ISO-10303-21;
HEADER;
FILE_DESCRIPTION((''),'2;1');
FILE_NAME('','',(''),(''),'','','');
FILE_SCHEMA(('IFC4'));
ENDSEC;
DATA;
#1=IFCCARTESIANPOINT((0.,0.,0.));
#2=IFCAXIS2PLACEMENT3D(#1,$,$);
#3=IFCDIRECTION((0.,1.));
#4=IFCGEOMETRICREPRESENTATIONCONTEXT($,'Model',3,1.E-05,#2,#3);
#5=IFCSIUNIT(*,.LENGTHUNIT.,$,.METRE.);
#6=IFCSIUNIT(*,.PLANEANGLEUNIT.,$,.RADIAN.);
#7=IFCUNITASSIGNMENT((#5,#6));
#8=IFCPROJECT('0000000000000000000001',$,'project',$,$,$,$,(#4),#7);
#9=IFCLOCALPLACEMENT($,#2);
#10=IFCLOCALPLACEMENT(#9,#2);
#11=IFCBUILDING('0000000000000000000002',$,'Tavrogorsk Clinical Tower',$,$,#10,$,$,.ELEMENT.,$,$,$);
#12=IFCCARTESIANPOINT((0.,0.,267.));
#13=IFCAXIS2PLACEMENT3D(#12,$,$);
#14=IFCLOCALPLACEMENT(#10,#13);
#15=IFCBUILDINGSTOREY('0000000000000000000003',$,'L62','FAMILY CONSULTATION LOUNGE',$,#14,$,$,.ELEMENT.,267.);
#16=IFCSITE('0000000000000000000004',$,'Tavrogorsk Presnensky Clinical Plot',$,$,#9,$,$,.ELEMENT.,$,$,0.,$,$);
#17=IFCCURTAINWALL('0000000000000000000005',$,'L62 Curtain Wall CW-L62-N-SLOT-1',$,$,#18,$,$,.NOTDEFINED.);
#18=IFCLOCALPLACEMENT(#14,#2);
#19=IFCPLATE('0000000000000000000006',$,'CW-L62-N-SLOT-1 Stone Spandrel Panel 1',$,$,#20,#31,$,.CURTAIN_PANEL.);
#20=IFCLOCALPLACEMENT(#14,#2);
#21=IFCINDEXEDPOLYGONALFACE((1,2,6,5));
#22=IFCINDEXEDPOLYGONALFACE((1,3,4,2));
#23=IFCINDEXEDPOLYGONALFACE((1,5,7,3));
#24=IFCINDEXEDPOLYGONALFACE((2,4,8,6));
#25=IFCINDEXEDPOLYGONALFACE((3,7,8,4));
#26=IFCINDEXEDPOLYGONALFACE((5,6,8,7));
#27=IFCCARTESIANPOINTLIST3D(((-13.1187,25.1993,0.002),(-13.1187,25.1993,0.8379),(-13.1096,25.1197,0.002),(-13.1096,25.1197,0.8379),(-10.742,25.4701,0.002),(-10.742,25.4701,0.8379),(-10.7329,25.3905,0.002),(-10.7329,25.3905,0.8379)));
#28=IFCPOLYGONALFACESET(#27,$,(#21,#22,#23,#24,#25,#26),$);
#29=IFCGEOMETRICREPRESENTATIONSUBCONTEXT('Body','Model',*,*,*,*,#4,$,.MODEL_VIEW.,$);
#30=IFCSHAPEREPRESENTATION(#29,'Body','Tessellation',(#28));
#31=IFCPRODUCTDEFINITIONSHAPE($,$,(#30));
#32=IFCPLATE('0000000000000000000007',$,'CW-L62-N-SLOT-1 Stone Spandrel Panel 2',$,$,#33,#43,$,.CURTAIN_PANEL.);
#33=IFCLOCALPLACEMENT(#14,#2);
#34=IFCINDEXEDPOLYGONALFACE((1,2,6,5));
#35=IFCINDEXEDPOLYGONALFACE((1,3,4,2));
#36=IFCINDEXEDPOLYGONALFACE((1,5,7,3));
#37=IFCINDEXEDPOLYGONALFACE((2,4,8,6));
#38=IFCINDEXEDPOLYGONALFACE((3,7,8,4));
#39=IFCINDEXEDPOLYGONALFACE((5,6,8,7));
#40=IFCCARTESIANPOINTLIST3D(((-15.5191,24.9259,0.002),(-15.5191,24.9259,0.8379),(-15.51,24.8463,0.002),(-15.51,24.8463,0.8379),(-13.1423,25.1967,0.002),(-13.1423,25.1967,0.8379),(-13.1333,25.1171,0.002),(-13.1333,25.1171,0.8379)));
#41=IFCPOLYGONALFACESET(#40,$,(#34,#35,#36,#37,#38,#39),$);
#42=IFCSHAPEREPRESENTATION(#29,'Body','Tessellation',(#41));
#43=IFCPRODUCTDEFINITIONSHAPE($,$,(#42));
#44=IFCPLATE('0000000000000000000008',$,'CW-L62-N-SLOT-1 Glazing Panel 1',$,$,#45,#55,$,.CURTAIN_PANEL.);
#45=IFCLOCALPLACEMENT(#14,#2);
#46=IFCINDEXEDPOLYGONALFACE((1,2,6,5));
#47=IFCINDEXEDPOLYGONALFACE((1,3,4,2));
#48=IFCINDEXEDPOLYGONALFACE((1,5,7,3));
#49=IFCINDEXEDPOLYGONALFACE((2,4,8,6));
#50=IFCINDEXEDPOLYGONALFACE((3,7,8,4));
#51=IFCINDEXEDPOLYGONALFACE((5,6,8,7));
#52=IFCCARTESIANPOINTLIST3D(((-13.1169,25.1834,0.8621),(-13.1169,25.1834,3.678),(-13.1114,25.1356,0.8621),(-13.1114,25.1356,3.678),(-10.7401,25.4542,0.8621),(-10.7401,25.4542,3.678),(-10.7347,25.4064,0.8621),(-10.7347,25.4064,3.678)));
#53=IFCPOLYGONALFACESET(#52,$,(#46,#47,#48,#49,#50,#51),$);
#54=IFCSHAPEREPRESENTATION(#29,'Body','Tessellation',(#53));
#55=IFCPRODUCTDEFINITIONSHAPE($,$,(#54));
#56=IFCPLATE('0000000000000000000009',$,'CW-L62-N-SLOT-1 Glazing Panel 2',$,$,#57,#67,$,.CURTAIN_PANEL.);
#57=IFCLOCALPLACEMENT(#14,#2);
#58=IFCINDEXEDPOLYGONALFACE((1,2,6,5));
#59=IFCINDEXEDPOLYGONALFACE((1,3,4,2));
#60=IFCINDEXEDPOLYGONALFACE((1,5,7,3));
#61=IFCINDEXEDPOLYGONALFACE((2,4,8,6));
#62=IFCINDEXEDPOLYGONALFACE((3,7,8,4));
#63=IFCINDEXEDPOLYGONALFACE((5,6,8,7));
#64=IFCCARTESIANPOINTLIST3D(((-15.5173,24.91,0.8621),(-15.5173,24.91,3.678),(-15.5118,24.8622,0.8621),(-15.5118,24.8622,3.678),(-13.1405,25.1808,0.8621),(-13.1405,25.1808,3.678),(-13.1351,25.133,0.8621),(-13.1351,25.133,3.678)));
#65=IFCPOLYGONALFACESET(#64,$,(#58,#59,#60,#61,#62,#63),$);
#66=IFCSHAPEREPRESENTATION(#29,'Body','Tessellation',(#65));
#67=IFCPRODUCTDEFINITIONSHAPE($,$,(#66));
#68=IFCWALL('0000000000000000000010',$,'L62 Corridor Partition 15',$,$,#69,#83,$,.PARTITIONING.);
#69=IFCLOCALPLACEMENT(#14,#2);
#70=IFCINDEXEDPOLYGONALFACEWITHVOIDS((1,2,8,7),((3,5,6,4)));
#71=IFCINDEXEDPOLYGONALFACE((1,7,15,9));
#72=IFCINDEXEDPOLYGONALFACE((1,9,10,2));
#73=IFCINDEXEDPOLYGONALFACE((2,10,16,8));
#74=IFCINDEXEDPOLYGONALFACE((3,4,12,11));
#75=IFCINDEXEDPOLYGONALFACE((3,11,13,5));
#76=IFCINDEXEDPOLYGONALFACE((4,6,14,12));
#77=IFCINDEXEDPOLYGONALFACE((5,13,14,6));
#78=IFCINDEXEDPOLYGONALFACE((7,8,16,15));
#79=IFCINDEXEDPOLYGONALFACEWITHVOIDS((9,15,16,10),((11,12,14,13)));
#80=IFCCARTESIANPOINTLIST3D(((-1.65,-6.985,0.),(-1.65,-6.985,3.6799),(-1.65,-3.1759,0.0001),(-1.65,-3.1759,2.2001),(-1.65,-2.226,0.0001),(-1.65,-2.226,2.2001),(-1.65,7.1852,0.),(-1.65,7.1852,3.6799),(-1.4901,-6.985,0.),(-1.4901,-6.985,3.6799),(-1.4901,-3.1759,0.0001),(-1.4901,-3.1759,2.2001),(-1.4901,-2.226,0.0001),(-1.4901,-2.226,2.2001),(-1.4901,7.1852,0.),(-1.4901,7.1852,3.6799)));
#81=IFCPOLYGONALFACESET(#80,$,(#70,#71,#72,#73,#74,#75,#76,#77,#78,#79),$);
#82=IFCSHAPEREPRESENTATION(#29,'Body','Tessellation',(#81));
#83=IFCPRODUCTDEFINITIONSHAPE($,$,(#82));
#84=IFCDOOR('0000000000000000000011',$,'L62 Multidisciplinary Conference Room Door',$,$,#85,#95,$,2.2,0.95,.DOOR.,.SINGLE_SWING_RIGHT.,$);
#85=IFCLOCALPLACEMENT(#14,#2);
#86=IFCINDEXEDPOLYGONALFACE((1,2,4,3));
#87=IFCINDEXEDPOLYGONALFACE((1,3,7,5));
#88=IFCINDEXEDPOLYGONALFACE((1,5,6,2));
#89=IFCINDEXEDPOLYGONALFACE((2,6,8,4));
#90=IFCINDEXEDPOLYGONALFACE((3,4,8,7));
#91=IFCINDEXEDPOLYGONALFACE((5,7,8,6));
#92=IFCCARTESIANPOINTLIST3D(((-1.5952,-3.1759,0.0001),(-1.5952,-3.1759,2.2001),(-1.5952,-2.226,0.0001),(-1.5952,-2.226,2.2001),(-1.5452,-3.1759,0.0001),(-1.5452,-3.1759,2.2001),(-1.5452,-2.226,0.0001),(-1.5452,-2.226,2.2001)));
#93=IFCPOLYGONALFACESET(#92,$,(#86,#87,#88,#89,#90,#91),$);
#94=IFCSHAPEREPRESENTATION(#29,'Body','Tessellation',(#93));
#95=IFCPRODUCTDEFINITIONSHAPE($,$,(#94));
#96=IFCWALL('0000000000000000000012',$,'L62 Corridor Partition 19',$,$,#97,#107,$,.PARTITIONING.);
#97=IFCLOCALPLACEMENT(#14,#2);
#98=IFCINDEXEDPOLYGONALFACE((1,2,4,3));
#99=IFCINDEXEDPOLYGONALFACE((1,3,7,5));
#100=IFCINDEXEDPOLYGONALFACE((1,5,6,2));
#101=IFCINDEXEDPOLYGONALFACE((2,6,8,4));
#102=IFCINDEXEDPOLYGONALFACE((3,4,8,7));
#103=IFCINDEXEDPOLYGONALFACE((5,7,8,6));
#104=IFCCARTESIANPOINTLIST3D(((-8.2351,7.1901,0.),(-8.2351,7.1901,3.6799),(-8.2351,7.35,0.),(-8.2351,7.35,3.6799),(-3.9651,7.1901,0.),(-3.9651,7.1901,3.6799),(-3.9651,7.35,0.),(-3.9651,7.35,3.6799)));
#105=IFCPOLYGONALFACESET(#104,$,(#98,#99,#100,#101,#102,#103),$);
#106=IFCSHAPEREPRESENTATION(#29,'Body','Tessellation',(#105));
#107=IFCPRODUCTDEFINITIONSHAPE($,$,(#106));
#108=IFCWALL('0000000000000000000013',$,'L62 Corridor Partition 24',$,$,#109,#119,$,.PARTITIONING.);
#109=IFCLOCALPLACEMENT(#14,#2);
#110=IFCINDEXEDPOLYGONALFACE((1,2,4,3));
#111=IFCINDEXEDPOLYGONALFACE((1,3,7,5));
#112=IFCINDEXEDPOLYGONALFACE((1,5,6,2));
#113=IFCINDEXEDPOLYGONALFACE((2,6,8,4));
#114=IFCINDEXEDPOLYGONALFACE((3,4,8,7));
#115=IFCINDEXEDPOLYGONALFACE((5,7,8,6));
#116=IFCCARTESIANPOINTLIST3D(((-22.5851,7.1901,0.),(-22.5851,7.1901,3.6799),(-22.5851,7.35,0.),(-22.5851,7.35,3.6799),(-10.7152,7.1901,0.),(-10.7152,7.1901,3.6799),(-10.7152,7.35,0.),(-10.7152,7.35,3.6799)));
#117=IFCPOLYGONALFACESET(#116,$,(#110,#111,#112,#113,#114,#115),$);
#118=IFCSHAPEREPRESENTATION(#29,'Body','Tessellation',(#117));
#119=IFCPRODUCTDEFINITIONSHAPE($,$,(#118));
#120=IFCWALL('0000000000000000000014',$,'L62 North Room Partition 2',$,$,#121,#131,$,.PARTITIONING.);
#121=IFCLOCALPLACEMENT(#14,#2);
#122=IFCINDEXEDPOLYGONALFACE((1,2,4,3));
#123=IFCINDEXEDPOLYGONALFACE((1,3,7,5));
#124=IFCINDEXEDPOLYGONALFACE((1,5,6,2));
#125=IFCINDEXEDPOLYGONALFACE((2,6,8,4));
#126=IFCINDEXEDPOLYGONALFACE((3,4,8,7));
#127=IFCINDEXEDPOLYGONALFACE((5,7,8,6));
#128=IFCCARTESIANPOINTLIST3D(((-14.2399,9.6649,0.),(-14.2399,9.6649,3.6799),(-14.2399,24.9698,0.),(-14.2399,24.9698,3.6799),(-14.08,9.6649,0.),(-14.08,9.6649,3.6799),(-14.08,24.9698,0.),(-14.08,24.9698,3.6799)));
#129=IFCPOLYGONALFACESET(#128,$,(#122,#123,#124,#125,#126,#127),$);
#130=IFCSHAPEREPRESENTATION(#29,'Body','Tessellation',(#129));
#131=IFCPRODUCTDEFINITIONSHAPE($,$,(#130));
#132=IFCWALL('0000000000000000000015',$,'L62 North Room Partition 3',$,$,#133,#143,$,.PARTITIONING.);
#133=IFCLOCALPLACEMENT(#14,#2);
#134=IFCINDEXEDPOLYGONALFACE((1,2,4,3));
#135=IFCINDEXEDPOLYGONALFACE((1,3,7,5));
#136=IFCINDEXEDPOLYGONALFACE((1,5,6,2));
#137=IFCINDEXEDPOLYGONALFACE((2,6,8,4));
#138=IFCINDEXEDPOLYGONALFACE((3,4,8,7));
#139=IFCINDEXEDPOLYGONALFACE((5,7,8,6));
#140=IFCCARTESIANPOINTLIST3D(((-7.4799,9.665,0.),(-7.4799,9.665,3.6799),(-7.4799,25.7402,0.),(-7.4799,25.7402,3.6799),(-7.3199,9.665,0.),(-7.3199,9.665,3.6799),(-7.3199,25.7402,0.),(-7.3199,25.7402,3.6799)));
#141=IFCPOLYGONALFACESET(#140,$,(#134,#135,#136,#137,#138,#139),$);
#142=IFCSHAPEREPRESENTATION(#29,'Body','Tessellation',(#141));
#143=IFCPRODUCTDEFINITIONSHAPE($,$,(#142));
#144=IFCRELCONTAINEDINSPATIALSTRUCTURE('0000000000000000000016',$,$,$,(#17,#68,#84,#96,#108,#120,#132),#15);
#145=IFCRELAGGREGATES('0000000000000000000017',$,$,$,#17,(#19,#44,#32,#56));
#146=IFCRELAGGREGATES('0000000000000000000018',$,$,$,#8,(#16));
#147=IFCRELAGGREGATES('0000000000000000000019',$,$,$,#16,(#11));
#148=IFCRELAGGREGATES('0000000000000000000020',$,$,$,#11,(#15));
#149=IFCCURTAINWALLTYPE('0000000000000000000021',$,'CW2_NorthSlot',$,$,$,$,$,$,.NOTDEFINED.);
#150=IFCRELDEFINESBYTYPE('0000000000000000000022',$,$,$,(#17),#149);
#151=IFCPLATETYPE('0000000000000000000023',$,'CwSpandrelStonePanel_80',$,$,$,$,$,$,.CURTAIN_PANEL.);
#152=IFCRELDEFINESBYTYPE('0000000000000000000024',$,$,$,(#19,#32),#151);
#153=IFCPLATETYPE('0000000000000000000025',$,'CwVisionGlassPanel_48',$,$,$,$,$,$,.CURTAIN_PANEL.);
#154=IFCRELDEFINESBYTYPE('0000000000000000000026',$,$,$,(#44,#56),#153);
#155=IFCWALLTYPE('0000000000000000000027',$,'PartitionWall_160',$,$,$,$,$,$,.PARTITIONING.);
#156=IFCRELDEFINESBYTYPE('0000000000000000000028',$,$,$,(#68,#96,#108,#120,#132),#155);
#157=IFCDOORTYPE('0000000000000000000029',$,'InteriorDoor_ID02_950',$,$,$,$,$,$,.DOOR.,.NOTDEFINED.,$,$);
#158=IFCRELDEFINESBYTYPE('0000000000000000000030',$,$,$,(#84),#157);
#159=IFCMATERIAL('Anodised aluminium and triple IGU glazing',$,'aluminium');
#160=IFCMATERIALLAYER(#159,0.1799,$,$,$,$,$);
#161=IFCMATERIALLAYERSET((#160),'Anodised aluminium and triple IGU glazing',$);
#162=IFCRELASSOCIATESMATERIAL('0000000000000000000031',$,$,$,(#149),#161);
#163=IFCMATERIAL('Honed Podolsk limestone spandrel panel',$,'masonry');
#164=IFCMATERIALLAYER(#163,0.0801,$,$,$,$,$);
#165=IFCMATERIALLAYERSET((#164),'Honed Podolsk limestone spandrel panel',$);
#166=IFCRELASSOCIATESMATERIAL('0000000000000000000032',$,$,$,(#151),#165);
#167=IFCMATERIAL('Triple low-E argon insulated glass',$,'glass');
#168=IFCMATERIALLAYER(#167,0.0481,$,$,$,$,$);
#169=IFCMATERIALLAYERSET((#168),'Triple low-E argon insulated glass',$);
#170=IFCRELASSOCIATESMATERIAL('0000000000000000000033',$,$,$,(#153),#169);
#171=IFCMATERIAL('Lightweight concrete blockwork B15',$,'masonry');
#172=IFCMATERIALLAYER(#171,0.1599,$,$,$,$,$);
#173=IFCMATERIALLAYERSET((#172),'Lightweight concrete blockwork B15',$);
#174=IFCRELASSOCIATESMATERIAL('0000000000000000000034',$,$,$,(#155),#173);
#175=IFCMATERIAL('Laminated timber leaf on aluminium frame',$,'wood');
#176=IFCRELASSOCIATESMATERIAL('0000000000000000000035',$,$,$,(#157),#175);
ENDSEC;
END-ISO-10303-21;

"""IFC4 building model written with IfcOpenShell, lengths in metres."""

from ifc_helpers import new_model, si_unit, direction, frame, frame_2d, origin, origin_2d, place, context, subcontext, project, spatial, rectangle, extrude, material, layer, layer_set, type_object, element, fill, aggregate, save


model = new_model("IFC4")

# Units and contexts
model_context = context("Model", 3, precision=1e-05, world=origin(), true_north=direction((0.0, 1.0)))
body_context = subcontext(model_context, "Body", "Model", "MODEL_VIEW")
ifc_project = project(units=[si_unit("LENGTHUNIT", "METRE"), si_unit("PLANEANGLEUNIT", "RADIAN")], contexts=[model_context])

# Site, building, storey
site_placement = place(None, origin())
site = spatial("IfcSite", under=ifc_project, at=site_placement, Name="Tavrogorsk Presnensky Clinical Plot", CompositionType="ELEMENT", RefElevation=0.0)
building_placement = place(site_placement, origin())
building = spatial("IfcBuilding", under=site, at=building_placement, Name="Tavrogorsk Clinical Tower", CompositionType="ELEMENT")
storey_placement = place(building_placement, frame((0.0, 0.0, 267.0)))
storey = spatial("IfcBuildingStorey", under=building, at=storey_placement, Name="L62", Description="FAMILY CONSULTATION LOUNGE", CompositionType="ELEMENT", Elevation=267.0)

# Curtain wall
ifc_material_1 = material(Name="Anodised aluminium and triple IGU glazing", Category="aluminium")
ifc_layer_1 = layer(ifc_material_1, 0.1799)
ifc_layer_set_1 = layer_set([ifc_layer_1], Name="Anodised aluminium and triple IGU glazing")
curtain_wall_type = type_object("IfcCurtainWallType", Name="CW2_NorthSlot", PredefinedType="NOTDEFINED", material=ifc_layer_set_1)
curtain_wall_placement = place(storey_placement, origin())
curtain_wall = element("IfcCurtainWall", 1, at=curtain_wall_placement, inside=storey, type_object=curtain_wall_type, Name="L62 Curtain Wall CW-L62-N-SLOT-1", PredefinedType="NOTDEFINED")

# Plates
ifc_material_2 = material(Name="Honed Podolsk limestone spandrel panel", Category="masonry")
ifc_layer_2 = layer(ifc_material_2, 0.0801)
ifc_layer_set_2 = layer_set([ifc_layer_2], Name="Honed Podolsk limestone spandrel panel")
plate_type_1 = type_object("IfcPlateType", Name="CwSpandrelStonePanel_80", PredefinedType="CURTAIN_PANEL", material=ifc_layer_set_2)
plate_1_placement = place(storey_placement, frame((-11.9258, 25.2949, 0.002), z_axis=(0.0, 0.0, 1.0), x_axis=(-0.993572, -0.113203, 0.0)))
plate_1 = element("IfcPlate", 2, at=plate_1_placement, type_object=plate_type_1, Name="CW-L62-N-SLOT-1 Stone Spandrel Panel 1", PredefinedType="CURTAIN_PANEL", context=body_context, shape_type="SweptSolid", body=[
    extrude(rectangle(XDim=2.3921, YDim=0.0801, at=origin_2d()), origin(), (0.0, 0.0, 1.0), 0.8359),
])
plate_2_placement = place(storey_placement, frame((-14.3262, 25.0215, 0.002), z_axis=(0.0, 0.0, 1.0), x_axis=(-0.993572, -0.113203, 0.0)))
plate_2 = element("IfcPlate", 3, at=plate_2_placement, type_object=plate_type_1, Name="CW-L62-N-SLOT-1 Stone Spandrel Panel 2", PredefinedType="CURTAIN_PANEL", context=body_context, shape_type="SweptSolid", body=[
    extrude(rectangle(XDim=2.3921, YDim=0.0801, at=origin_2d()), origin(), (0.0, 0.0, 1.0), 0.8359),
])
ifc_material_3 = material(Name="Triple low-E argon insulated glass", Category="glass")
ifc_layer_3 = layer(ifc_material_3, 0.0481)
ifc_layer_set_3 = layer_set([ifc_layer_3], Name="Triple low-E argon insulated glass")
plate_type_2 = type_object("IfcPlateType", Name="CwVisionGlassPanel_48", PredefinedType="CURTAIN_PANEL", material=ifc_layer_set_3)
plate_3_placement = place(storey_placement, frame((-11.9258, 25.2949, 0.8621), z_axis=(0.0, 0.0, 1.0), x_axis=(-0.993572, -0.113203, 0.0)))
plate_3 = element("IfcPlate", 4, at=plate_3_placement, type_object=plate_type_2, Name="CW-L62-N-SLOT-1 Glazing Panel 1", PredefinedType="CURTAIN_PANEL", context=body_context, shape_type="SweptSolid", body=[
    extrude(rectangle(XDim=2.3921, YDim=0.0481, at=origin_2d()), origin(), (0.0, 0.0, 1.0), 2.8159),
])
plate_4_placement = place(storey_placement, frame((-14.3262, 25.0215, 0.8621), z_axis=(0.0, 0.0, 1.0), x_axis=(-0.993572, -0.113203, 0.0)))
plate_4 = element("IfcPlate", 5, at=plate_4_placement, type_object=plate_type_2, Name="CW-L62-N-SLOT-1 Glazing Panel 2", PredefinedType="CURTAIN_PANEL", context=body_context, shape_type="SweptSolid", body=[
    extrude(rectangle(XDim=2.3921, YDim=0.0481, at=origin_2d()), origin(), (0.0, 0.0, 1.0), 2.8159),
])
aggregate(curtain_wall, [plate_1, plate_3, plate_2, plate_4])

# Wall, opening, door
ifc_material_4 = material(Name="Lightweight concrete blockwork B15", Category="masonry")
ifc_layer_4 = layer(ifc_material_4, 0.1599)
ifc_layer_set_4 = layer_set([ifc_layer_4], Name="Lightweight concrete blockwork B15")
wall_type_1 = type_object("IfcWallType", Name="PartitionWall_160", PredefinedType="PARTITIONING", material=ifc_layer_set_4)
wall_1_placement = place(storey_placement, frame((-1.5701, 7.1851, 0.0), z_axis=(0.0, 0.0, 1.0), x_axis=(0.0, -1.0, 0.0)))
wall_1 = element("IfcWall", 6, at=wall_1_placement, inside=storey, type_object=wall_type_1, Name="L62 Corridor Partition 15", PredefinedType="PARTITIONING", context=body_context, shape_type="SweptSolid", body=[
    extrude(rectangle(XDim=14.1702, YDim=0.1599, at=frame_2d((7.085, 0.0))), origin(), (0.0, 0.0, 1.0), 3.6799),
])
opening_1_placement = place(wall_1_placement, frame((9.4109, 0.0, 0.0)))
opening_1 = element("IfcOpeningElement", 7, at=opening_1_placement, cuts=wall_1, PredefinedType="OPENING", context=body_context, shape_type="SweptSolid", body=[
    extrude(rectangle(XDim=0.95, YDim=2.2, at=frame_2d((0.4751, 1.1001))), frame((0.0, 0.0898, 0.0), z_axis=(0.0, -1.0, 0.0), x_axis=(1.0, 0.0, 0.0)), (0.0, 0.0, 1.0), 0.1799),
])
ifc_material_5 = material(Name="Laminated timber leaf on aluminium frame", Category="wood")
door_type = type_object("IfcDoorType", Name="InteriorDoor_ID02_950", OperationType="NOTDEFINED", PredefinedType="DOOR", material=ifc_material_5)
door_placement = place(opening_1_placement, origin())
door = element("IfcDoor", 8, at=door_placement, inside=storey, type_object=door_type, Name="L62 Multidisciplinary Conference Room Door", OperationType="SINGLE_SWING_RIGHT", OverallHeight=2.2, OverallWidth=0.95, PredefinedType="DOOR", context=body_context, shape_type="SweptSolid", body=[
    extrude(rectangle(XDim=0.95, YDim=2.2, at=frame_2d((0.4751, 1.1001))), frame((0.0, 0.0249, 0.0), z_axis=(0.0, -1.0, 0.0), x_axis=(1.0, 0.0, 0.0)), (0.0, 0.0, 1.0), 0.05),
])
fill(opening_1, door)

# Walls
wall_2_placement = place(storey_placement, frame((-3.9651, 7.27, 0.0), z_axis=(0.0, 0.0, 1.0), x_axis=(-1.0, 0.0, 0.0)))
element("IfcWall", 9, at=wall_2_placement, inside=storey, type_object=wall_type_1, Name="L62 Corridor Partition 19", PredefinedType="PARTITIONING", context=body_context, shape_type="SweptSolid", body=[
    extrude(rectangle(XDim=4.27, YDim=0.1599, at=frame_2d((2.135, 0.0))), origin(), (0.0, 0.0, 1.0), 3.6799),
])
wall_3_placement = place(storey_placement, frame((-10.7151, 7.27, 0.0), z_axis=(0.0, 0.0, 1.0), x_axis=(-1.0, 0.0, 0.0)))
element("IfcWall", 10, at=wall_3_placement, inside=storey, type_object=wall_type_1, Name="L62 Corridor Partition 24", PredefinedType="PARTITIONING", context=body_context, shape_type="SweptSolid", body=[
    extrude(rectangle(XDim=11.8699, YDim=0.1599, at=frame_2d((5.9351, 0.0))), origin(), (0.0, 0.0, 1.0), 3.6799),
])
wall_4_placement = place(storey_placement, frame((-14.1599, 9.665, 0.0), z_axis=(0.0, 0.0, 1.0), x_axis=(0.0, 1.0, 0.0)))
element("IfcWall", 11, at=wall_4_placement, inside=storey, type_object=wall_type_1, Name="L62 North Room Partition 2", PredefinedType="PARTITIONING", context=body_context, shape_type="SweptSolid", body=[
    extrude(rectangle(XDim=15.3049, YDim=0.1599, at=frame_2d((7.6523, 0.0))), origin(), (0.0, 0.0, 1.0), 3.6799),
])
wall_5_placement = place(storey_placement, frame((-7.3999, 9.665, 0.0), z_axis=(0.0, 0.0, 1.0), x_axis=(0.0, 1.0, 0.0)))
element("IfcWall", 12, at=wall_5_placement, inside=storey, type_object=wall_type_1, Name="L62 North Room Partition 3", PredefinedType="PARTITIONING", context=body_context, shape_type="SweptSolid", body=[
    extrude(rectangle(XDim=16.0752, YDim=0.1599, at=frame_2d((8.0376, 0.0))), origin(), (0.0, 0.0, 1.0), 3.6799),
])

save(model, "model.ifc")
